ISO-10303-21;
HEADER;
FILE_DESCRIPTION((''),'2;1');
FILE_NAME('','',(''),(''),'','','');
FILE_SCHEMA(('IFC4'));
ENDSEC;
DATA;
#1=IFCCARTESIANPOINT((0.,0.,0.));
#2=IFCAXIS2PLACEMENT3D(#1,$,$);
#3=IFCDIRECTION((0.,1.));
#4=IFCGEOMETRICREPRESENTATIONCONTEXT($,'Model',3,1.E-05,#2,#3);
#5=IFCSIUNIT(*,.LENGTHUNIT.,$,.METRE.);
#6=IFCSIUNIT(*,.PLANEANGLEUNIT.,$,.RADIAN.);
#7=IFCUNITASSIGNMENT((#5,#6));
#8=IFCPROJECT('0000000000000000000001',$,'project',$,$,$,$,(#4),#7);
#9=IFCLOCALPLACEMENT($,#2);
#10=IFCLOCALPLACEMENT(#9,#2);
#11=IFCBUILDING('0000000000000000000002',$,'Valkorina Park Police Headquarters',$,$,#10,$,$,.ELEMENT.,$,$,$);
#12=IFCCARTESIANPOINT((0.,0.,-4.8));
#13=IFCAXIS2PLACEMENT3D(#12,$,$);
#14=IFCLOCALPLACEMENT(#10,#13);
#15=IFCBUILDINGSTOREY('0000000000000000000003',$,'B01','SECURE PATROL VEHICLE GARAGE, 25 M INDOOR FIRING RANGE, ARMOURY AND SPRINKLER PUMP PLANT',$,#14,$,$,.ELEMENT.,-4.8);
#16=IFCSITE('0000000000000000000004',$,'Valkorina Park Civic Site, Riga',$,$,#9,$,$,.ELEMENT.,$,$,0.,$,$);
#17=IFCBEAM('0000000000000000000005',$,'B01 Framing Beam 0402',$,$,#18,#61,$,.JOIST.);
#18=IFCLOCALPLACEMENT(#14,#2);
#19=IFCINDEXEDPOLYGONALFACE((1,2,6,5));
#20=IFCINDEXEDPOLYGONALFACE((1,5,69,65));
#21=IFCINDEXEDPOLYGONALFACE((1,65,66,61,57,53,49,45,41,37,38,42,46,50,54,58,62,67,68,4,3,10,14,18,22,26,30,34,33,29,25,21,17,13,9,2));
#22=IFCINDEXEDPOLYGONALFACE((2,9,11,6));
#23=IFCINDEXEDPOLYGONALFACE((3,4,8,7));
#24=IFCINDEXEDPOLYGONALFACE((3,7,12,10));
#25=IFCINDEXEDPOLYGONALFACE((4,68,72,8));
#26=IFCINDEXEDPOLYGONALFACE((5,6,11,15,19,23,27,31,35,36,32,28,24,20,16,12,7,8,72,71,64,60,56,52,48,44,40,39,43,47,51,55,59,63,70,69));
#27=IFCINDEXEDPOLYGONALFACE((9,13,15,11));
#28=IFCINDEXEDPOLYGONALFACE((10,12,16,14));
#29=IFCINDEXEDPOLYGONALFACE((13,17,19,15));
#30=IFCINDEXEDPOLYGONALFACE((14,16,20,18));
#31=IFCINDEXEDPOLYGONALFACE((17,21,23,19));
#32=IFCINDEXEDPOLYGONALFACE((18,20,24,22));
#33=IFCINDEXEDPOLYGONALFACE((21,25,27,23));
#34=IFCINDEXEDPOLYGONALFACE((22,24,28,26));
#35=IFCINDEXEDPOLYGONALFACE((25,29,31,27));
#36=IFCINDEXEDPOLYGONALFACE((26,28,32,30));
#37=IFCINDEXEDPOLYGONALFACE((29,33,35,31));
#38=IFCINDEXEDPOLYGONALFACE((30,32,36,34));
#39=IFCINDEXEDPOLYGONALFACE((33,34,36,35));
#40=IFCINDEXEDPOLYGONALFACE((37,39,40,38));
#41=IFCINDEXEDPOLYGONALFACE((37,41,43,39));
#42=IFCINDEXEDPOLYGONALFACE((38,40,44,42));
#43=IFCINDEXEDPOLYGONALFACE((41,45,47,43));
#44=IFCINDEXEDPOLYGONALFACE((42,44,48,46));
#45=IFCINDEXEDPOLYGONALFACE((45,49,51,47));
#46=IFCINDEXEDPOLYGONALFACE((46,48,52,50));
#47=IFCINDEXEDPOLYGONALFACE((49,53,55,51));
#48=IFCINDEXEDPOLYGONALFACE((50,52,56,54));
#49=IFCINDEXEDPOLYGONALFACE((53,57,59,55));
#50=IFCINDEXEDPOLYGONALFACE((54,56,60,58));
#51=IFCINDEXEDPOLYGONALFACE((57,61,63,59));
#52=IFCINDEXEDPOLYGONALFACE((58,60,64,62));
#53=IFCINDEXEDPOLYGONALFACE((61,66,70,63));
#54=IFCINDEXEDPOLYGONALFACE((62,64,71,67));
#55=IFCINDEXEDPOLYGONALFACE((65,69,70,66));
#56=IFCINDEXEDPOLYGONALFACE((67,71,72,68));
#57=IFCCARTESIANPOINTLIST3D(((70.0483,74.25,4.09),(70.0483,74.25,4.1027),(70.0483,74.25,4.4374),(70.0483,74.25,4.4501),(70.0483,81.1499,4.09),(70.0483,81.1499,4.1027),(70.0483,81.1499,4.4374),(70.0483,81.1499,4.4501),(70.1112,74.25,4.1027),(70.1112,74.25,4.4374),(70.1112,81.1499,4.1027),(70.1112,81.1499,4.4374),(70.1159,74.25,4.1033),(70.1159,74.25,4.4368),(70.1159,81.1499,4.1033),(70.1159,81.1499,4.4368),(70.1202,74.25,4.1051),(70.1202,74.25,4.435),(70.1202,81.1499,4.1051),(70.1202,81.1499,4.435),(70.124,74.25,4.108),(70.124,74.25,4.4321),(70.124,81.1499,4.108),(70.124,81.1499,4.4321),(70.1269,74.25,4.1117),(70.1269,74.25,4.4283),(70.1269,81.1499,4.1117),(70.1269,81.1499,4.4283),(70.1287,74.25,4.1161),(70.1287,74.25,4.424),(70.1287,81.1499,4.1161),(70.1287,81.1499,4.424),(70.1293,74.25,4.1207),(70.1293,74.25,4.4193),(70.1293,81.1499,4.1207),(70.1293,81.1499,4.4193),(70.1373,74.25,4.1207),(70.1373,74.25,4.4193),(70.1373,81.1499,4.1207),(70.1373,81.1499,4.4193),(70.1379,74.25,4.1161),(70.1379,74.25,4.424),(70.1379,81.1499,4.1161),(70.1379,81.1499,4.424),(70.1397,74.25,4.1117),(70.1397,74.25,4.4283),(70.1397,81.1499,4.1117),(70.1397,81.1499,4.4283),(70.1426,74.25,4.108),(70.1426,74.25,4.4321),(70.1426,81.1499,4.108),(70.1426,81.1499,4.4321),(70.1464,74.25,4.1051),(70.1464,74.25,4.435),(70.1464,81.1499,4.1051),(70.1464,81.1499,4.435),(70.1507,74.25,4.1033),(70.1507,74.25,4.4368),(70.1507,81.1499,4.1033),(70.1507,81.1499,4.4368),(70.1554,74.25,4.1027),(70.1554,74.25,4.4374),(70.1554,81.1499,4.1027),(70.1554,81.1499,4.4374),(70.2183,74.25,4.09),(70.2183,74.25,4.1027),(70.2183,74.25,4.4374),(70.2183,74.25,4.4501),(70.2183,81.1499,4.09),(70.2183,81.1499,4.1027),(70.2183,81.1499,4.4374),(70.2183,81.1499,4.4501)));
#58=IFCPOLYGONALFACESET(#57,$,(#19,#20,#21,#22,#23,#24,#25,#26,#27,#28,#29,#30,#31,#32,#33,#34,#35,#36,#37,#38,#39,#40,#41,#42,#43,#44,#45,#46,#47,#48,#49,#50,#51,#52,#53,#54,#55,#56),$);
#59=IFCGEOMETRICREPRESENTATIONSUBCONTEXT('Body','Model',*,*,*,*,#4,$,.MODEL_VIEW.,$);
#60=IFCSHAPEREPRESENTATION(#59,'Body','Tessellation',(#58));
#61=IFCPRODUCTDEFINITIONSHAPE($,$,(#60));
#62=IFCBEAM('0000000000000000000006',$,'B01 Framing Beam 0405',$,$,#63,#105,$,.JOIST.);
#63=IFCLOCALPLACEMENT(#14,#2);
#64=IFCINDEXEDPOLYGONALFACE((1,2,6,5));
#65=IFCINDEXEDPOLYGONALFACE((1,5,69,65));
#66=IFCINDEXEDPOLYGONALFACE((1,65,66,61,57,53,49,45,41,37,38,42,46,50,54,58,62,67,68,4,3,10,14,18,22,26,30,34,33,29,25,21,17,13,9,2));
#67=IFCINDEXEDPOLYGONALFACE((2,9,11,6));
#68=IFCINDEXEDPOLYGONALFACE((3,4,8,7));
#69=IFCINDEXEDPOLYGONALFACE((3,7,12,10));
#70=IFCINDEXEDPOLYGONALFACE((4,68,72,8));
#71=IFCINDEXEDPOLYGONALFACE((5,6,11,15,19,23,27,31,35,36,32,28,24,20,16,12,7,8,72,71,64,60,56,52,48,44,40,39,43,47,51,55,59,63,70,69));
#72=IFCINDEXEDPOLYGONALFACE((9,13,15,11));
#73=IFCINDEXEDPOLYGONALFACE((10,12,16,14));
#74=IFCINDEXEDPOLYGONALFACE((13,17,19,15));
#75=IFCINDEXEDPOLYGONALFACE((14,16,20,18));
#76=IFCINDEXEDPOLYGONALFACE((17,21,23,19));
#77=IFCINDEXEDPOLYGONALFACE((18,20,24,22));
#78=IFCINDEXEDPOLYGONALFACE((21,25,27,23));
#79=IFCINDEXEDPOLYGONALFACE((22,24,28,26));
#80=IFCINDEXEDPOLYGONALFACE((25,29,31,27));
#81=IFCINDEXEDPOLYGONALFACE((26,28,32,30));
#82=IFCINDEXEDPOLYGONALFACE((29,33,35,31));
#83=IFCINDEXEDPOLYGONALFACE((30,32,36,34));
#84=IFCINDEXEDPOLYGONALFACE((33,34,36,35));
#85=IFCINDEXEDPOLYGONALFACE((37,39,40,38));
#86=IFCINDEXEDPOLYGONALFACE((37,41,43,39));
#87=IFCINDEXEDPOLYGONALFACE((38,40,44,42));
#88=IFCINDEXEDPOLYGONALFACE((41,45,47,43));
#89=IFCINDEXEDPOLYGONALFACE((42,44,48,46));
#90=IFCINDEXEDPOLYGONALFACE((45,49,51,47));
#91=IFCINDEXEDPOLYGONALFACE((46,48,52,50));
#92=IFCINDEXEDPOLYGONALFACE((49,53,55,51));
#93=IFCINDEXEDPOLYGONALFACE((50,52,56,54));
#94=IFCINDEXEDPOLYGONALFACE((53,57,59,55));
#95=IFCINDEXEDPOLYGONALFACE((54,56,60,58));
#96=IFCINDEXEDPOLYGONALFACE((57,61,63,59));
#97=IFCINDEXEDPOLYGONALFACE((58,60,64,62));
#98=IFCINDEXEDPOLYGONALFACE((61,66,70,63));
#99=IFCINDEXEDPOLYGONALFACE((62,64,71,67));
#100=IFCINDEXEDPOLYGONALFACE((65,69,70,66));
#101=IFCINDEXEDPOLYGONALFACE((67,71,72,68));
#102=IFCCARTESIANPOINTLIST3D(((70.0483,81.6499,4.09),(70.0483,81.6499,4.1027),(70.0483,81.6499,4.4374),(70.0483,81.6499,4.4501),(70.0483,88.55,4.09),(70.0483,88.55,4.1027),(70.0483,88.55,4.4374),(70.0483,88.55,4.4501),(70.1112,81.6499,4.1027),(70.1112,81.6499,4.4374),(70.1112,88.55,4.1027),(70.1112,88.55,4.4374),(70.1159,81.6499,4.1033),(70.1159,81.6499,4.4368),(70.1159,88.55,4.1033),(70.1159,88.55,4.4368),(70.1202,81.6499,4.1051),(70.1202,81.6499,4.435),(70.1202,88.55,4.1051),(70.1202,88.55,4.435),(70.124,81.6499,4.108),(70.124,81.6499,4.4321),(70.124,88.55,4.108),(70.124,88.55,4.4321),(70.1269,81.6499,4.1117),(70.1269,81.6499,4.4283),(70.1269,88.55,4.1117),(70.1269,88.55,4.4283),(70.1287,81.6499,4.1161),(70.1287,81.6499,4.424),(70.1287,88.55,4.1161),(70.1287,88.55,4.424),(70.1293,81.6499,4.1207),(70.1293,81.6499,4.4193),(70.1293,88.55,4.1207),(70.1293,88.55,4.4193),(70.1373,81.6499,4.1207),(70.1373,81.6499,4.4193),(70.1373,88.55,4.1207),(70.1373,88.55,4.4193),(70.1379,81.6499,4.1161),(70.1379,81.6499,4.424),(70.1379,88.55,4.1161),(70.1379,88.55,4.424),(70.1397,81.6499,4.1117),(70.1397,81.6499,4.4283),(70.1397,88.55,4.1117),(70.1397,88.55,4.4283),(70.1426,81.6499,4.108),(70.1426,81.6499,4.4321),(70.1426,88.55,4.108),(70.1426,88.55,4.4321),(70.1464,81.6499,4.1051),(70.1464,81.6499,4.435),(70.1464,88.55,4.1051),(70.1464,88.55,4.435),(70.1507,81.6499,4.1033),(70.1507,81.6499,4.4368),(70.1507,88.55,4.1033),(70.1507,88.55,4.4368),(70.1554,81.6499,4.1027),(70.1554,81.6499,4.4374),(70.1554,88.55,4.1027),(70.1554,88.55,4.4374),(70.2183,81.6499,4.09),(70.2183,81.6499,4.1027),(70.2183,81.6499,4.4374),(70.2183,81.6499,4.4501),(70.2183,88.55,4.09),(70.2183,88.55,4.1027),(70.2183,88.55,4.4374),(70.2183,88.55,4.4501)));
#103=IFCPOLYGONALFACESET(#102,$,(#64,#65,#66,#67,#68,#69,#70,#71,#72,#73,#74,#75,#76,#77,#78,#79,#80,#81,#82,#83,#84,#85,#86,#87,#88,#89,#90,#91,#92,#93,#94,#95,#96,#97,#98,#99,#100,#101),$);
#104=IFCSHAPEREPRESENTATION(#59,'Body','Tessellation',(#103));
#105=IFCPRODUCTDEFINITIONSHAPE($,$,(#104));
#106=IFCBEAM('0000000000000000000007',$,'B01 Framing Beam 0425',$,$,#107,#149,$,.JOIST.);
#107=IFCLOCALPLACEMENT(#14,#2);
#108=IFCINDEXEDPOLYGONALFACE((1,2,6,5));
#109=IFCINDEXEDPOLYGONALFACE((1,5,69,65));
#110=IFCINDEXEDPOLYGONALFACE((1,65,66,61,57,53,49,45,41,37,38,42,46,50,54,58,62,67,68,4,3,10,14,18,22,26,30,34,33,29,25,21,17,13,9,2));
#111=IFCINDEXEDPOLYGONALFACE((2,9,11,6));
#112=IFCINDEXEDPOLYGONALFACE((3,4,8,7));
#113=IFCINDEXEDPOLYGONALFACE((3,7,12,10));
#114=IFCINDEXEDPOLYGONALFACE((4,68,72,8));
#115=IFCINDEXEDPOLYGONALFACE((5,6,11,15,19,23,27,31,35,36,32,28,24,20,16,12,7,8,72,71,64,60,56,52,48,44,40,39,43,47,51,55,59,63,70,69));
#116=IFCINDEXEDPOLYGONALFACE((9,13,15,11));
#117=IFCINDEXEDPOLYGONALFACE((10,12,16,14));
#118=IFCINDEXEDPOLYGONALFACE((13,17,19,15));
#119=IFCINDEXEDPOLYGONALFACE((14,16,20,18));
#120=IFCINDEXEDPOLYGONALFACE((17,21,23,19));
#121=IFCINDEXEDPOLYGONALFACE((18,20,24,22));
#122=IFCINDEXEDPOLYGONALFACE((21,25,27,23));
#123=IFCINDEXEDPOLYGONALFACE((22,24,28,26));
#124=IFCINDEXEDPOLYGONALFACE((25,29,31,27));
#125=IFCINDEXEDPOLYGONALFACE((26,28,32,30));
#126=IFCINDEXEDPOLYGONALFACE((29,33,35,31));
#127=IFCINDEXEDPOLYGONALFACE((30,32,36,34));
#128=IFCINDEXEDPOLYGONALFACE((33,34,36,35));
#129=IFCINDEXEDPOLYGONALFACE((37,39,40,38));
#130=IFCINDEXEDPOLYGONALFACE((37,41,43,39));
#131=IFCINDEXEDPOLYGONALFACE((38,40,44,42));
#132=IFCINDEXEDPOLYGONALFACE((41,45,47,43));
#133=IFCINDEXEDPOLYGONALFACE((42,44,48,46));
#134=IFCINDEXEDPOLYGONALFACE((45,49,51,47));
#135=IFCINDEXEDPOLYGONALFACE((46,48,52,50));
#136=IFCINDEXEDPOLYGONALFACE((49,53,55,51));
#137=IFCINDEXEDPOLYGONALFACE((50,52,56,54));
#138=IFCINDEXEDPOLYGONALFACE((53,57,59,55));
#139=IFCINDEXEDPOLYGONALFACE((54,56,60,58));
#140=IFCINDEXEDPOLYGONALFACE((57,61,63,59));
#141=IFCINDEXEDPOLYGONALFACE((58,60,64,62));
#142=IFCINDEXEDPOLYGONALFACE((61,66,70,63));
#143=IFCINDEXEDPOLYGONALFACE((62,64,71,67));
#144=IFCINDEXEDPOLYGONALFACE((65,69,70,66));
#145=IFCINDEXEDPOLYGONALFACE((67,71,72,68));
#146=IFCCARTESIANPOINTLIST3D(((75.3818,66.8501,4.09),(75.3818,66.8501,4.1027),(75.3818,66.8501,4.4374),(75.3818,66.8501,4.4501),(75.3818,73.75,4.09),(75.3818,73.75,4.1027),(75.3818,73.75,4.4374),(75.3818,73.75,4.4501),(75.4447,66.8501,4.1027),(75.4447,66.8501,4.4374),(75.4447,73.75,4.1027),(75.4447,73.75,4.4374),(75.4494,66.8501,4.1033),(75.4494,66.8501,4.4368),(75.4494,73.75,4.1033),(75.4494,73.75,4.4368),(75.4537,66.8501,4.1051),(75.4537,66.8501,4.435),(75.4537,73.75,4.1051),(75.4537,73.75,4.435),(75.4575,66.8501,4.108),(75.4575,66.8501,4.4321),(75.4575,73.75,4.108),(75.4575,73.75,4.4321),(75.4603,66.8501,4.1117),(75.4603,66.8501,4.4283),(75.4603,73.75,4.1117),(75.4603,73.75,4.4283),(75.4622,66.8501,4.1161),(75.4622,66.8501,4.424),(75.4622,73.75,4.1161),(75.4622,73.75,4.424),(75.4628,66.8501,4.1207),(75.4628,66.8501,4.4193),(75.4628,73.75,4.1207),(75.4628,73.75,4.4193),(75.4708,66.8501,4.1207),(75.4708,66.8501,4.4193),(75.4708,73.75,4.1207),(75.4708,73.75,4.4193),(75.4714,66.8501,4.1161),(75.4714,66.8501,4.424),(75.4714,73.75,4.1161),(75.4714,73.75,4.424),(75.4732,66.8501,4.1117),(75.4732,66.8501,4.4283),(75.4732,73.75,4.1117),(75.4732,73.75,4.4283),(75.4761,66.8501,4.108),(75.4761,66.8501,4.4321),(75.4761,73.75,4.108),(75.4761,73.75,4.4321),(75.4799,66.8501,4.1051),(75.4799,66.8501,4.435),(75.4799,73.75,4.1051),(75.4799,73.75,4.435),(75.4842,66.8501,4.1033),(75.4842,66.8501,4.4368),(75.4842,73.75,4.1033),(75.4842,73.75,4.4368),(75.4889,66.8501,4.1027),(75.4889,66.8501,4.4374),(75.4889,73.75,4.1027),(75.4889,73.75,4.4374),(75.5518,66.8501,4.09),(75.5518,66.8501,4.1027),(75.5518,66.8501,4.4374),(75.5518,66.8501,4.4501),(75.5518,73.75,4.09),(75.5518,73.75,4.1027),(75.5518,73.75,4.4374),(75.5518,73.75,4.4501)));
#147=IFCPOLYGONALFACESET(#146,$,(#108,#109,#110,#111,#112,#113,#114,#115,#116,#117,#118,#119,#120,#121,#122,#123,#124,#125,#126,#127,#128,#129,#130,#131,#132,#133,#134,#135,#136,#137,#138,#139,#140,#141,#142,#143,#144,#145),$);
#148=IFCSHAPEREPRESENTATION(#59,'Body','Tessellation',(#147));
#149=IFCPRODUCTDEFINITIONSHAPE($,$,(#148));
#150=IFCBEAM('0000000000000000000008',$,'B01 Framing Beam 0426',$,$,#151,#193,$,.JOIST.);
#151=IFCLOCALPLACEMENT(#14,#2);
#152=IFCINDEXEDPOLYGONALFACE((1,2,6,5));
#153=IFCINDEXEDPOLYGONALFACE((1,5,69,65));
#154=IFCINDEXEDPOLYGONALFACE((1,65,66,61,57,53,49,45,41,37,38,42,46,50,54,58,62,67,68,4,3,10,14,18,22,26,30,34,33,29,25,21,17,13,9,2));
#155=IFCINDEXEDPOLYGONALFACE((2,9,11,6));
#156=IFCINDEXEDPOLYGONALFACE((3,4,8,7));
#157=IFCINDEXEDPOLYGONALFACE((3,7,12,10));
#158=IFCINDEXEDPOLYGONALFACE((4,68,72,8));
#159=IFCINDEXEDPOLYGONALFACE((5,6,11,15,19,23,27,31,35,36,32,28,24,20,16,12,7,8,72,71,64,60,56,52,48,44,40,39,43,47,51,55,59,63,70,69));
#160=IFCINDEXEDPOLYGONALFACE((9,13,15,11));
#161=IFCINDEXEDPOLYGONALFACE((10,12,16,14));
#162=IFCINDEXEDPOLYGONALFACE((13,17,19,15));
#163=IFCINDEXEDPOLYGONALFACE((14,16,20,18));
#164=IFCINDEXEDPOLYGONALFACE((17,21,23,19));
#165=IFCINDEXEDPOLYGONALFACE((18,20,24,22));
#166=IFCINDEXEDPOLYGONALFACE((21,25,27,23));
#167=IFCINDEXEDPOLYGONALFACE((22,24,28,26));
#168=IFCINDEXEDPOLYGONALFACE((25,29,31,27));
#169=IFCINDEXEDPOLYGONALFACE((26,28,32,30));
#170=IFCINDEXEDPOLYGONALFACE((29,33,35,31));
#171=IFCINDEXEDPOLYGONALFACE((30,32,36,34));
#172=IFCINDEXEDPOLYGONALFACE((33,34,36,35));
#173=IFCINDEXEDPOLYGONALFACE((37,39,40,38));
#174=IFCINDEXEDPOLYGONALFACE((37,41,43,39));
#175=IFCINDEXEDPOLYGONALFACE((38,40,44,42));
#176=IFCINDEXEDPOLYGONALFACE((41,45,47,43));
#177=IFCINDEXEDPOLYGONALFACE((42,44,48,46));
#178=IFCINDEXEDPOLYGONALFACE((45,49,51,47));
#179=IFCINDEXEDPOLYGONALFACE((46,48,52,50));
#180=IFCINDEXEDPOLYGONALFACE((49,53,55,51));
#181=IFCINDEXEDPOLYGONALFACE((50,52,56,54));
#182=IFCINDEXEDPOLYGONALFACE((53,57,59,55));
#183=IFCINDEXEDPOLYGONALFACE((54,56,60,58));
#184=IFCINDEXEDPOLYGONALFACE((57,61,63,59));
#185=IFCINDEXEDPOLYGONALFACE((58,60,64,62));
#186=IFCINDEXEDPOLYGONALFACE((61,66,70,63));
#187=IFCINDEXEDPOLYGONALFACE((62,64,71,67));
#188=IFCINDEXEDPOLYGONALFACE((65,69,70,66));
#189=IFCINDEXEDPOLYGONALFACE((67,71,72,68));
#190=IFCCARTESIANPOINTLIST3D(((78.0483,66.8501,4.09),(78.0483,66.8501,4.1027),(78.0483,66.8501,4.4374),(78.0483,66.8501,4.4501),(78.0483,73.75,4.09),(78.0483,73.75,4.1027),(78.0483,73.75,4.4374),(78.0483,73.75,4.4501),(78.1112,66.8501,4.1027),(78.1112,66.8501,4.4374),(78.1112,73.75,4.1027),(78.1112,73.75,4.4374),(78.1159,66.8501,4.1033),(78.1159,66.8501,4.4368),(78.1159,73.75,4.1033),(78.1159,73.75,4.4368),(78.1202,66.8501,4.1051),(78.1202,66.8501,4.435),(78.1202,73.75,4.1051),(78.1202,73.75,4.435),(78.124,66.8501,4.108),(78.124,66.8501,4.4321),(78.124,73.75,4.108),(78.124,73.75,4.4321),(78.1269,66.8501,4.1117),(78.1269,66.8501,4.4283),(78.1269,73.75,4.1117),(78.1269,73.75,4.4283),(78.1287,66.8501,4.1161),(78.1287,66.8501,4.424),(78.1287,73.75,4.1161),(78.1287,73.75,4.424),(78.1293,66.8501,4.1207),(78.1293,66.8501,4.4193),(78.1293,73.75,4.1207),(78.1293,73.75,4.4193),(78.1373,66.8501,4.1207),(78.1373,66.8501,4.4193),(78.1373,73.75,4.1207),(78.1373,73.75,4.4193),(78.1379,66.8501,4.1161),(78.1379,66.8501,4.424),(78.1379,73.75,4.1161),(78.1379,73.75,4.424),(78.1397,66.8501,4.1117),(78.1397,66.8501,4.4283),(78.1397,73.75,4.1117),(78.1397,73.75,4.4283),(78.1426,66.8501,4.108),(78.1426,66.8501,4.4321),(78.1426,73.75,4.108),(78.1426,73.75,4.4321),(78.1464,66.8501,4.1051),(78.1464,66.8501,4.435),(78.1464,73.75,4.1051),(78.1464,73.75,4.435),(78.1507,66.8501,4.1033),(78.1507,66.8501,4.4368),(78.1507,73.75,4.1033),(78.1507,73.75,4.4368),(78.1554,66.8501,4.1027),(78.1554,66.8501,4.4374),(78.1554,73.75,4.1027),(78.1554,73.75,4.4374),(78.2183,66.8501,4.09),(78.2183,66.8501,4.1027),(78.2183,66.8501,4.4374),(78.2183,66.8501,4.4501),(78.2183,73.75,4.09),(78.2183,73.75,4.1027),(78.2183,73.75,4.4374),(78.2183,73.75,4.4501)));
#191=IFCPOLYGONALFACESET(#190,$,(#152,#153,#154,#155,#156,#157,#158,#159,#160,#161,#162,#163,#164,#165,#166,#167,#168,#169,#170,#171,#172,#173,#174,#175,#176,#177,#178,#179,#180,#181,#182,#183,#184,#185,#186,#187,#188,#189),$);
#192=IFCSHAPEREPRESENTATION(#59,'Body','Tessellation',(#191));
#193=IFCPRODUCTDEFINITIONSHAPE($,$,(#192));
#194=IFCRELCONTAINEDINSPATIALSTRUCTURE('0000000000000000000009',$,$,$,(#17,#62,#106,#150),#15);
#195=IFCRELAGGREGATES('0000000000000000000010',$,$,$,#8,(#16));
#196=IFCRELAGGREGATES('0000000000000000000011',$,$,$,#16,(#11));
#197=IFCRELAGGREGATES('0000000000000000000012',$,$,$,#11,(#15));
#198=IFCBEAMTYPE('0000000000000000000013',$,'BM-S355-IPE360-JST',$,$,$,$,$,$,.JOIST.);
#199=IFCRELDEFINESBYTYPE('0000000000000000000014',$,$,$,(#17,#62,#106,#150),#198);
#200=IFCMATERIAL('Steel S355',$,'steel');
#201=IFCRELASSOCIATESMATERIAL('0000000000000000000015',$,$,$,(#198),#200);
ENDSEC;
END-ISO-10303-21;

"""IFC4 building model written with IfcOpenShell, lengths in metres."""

from ifc_helpers import new_model, si_unit, direction, frame, origin, origin_2d, place, context, subcontext, project, spatial, i_section, extrude, material, material_profile, profile_set, type_object, element, save


model = new_model("IFC4")

# Units and contexts
model_context = context("Model", 3, precision=1e-05, world=origin(), true_north=direction((0.0, 1.0)))
body_context = subcontext(model_context, "Body", "Model", "MODEL_VIEW")
ifc_project = project(units=[si_unit("LENGTHUNIT", "METRE"), si_unit("PLANEANGLEUNIT", "RADIAN")], contexts=[model_context])

# Site, building, storey
site_placement = place(None, origin())
site = spatial("IfcSite", under=ifc_project, at=site_placement, Name="Valkorina Park Civic Site, Riga", CompositionType="ELEMENT", RefElevation=0.0)
building_placement = place(site_placement, origin())
building = spatial("IfcBuilding", under=site, at=building_placement, Name="Valkorina Park Police Headquarters", CompositionType="ELEMENT")
storey_placement = place(building_placement, frame((0.0, 0.0, -4.8)))
storey = spatial("IfcBuildingStorey", under=building, at=storey_placement, Name="B01", Description="SECURE PATROL VEHICLE GARAGE, 25 M INDOOR FIRING RANGE, ARMOURY AND SPRINKLER PUMP PLANT", CompositionType="ELEMENT", Elevation=-4.8)

# Beams
ifc_material_1 = material(Name="Steel S355", Category="steel")
ifc_material_profile_1 = material_profile(ifc_material_1, i_section(OverallWidth=0.1699, OverallDepth=0.3601, WebThickness=0.0081, FlangeThickness=0.0127, FilletRadius=0.0181, at=origin_2d()), Name="IPE 360")
ifc_profile_set_1 = profile_set([ifc_material_profile_1], Name="Steel S355")
beam_type_1 = type_object("IfcBeamType", Name="BM-S355-IPE360-JST", PredefinedType="JOIST", material=ifc_profile_set_1)
for number, where, z_axis, x_axis, name in (
    (1, (70.1333, 74.25, 4.27), (0.0, 1.0, 0.0), (-1.0, 0.0, 0.0), "B01 Framing Beam 0402"),
):
    element("IfcBeam", number, at=place(storey_placement, frame(where, z_axis=z_axis, x_axis=x_axis)), inside=storey, type_object=beam_type_1, Name=name, PredefinedType="JOIST", context=body_context, shape_type="SweptSolid", body=[
        extrude(i_section(OverallWidth=0.1699, OverallDepth=0.3601, WebThickness=0.0081, FlangeThickness=0.0127, FilletRadius=0.0181, at=origin_2d()), origin(), (0.0, 0.0, 1.0), 6.8999),
    ])
beam_1_placement = place(storey_placement, frame((70.1333, 81.6499, 4.27), z_axis=(0.0, 1.0, 0.0), x_axis=(-1.0, 0.0, 0.0)))
element("IfcBeam", 2, at=beam_1_placement, inside=storey, type_object=beam_type_1, Name="B01 Framing Beam 0405", PredefinedType="JOIST", context=body_context, shape_type="SweptSolid", body=[
    extrude(i_section(OverallWidth=0.1699, OverallDepth=0.3601, WebThickness=0.0081, FlangeThickness=0.0127, FilletRadius=0.0181, at=origin_2d()), origin(), (0.0, 0.0, 1.0), 6.9001),
])
for number, where, z_axis, x_axis, name in (
    (3, (75.4668, 66.8501, 4.27), (0.0, 1.0, 0.0), (-1.0, 0.0, 0.0), "B01 Framing Beam 0425"),
    (4, (78.1333, 66.8501, 4.27), (0.0, 1.0, 0.0), (-1.0, 0.0, 0.0), "B01 Framing Beam 0426"),
):
    element("IfcBeam", number, at=place(storey_placement, frame(where, z_axis=z_axis, x_axis=x_axis)), inside=storey, type_object=beam_type_1, Name=name, PredefinedType="JOIST", context=body_context, shape_type="SweptSolid", body=[
        extrude(i_section(OverallWidth=0.1699, OverallDepth=0.3601, WebThickness=0.0081, FlangeThickness=0.0127, FilletRadius=0.0181, at=origin_2d()), origin(), (0.0, 0.0, 1.0), 6.8999),
    ])

save(model, "model.ifc")
